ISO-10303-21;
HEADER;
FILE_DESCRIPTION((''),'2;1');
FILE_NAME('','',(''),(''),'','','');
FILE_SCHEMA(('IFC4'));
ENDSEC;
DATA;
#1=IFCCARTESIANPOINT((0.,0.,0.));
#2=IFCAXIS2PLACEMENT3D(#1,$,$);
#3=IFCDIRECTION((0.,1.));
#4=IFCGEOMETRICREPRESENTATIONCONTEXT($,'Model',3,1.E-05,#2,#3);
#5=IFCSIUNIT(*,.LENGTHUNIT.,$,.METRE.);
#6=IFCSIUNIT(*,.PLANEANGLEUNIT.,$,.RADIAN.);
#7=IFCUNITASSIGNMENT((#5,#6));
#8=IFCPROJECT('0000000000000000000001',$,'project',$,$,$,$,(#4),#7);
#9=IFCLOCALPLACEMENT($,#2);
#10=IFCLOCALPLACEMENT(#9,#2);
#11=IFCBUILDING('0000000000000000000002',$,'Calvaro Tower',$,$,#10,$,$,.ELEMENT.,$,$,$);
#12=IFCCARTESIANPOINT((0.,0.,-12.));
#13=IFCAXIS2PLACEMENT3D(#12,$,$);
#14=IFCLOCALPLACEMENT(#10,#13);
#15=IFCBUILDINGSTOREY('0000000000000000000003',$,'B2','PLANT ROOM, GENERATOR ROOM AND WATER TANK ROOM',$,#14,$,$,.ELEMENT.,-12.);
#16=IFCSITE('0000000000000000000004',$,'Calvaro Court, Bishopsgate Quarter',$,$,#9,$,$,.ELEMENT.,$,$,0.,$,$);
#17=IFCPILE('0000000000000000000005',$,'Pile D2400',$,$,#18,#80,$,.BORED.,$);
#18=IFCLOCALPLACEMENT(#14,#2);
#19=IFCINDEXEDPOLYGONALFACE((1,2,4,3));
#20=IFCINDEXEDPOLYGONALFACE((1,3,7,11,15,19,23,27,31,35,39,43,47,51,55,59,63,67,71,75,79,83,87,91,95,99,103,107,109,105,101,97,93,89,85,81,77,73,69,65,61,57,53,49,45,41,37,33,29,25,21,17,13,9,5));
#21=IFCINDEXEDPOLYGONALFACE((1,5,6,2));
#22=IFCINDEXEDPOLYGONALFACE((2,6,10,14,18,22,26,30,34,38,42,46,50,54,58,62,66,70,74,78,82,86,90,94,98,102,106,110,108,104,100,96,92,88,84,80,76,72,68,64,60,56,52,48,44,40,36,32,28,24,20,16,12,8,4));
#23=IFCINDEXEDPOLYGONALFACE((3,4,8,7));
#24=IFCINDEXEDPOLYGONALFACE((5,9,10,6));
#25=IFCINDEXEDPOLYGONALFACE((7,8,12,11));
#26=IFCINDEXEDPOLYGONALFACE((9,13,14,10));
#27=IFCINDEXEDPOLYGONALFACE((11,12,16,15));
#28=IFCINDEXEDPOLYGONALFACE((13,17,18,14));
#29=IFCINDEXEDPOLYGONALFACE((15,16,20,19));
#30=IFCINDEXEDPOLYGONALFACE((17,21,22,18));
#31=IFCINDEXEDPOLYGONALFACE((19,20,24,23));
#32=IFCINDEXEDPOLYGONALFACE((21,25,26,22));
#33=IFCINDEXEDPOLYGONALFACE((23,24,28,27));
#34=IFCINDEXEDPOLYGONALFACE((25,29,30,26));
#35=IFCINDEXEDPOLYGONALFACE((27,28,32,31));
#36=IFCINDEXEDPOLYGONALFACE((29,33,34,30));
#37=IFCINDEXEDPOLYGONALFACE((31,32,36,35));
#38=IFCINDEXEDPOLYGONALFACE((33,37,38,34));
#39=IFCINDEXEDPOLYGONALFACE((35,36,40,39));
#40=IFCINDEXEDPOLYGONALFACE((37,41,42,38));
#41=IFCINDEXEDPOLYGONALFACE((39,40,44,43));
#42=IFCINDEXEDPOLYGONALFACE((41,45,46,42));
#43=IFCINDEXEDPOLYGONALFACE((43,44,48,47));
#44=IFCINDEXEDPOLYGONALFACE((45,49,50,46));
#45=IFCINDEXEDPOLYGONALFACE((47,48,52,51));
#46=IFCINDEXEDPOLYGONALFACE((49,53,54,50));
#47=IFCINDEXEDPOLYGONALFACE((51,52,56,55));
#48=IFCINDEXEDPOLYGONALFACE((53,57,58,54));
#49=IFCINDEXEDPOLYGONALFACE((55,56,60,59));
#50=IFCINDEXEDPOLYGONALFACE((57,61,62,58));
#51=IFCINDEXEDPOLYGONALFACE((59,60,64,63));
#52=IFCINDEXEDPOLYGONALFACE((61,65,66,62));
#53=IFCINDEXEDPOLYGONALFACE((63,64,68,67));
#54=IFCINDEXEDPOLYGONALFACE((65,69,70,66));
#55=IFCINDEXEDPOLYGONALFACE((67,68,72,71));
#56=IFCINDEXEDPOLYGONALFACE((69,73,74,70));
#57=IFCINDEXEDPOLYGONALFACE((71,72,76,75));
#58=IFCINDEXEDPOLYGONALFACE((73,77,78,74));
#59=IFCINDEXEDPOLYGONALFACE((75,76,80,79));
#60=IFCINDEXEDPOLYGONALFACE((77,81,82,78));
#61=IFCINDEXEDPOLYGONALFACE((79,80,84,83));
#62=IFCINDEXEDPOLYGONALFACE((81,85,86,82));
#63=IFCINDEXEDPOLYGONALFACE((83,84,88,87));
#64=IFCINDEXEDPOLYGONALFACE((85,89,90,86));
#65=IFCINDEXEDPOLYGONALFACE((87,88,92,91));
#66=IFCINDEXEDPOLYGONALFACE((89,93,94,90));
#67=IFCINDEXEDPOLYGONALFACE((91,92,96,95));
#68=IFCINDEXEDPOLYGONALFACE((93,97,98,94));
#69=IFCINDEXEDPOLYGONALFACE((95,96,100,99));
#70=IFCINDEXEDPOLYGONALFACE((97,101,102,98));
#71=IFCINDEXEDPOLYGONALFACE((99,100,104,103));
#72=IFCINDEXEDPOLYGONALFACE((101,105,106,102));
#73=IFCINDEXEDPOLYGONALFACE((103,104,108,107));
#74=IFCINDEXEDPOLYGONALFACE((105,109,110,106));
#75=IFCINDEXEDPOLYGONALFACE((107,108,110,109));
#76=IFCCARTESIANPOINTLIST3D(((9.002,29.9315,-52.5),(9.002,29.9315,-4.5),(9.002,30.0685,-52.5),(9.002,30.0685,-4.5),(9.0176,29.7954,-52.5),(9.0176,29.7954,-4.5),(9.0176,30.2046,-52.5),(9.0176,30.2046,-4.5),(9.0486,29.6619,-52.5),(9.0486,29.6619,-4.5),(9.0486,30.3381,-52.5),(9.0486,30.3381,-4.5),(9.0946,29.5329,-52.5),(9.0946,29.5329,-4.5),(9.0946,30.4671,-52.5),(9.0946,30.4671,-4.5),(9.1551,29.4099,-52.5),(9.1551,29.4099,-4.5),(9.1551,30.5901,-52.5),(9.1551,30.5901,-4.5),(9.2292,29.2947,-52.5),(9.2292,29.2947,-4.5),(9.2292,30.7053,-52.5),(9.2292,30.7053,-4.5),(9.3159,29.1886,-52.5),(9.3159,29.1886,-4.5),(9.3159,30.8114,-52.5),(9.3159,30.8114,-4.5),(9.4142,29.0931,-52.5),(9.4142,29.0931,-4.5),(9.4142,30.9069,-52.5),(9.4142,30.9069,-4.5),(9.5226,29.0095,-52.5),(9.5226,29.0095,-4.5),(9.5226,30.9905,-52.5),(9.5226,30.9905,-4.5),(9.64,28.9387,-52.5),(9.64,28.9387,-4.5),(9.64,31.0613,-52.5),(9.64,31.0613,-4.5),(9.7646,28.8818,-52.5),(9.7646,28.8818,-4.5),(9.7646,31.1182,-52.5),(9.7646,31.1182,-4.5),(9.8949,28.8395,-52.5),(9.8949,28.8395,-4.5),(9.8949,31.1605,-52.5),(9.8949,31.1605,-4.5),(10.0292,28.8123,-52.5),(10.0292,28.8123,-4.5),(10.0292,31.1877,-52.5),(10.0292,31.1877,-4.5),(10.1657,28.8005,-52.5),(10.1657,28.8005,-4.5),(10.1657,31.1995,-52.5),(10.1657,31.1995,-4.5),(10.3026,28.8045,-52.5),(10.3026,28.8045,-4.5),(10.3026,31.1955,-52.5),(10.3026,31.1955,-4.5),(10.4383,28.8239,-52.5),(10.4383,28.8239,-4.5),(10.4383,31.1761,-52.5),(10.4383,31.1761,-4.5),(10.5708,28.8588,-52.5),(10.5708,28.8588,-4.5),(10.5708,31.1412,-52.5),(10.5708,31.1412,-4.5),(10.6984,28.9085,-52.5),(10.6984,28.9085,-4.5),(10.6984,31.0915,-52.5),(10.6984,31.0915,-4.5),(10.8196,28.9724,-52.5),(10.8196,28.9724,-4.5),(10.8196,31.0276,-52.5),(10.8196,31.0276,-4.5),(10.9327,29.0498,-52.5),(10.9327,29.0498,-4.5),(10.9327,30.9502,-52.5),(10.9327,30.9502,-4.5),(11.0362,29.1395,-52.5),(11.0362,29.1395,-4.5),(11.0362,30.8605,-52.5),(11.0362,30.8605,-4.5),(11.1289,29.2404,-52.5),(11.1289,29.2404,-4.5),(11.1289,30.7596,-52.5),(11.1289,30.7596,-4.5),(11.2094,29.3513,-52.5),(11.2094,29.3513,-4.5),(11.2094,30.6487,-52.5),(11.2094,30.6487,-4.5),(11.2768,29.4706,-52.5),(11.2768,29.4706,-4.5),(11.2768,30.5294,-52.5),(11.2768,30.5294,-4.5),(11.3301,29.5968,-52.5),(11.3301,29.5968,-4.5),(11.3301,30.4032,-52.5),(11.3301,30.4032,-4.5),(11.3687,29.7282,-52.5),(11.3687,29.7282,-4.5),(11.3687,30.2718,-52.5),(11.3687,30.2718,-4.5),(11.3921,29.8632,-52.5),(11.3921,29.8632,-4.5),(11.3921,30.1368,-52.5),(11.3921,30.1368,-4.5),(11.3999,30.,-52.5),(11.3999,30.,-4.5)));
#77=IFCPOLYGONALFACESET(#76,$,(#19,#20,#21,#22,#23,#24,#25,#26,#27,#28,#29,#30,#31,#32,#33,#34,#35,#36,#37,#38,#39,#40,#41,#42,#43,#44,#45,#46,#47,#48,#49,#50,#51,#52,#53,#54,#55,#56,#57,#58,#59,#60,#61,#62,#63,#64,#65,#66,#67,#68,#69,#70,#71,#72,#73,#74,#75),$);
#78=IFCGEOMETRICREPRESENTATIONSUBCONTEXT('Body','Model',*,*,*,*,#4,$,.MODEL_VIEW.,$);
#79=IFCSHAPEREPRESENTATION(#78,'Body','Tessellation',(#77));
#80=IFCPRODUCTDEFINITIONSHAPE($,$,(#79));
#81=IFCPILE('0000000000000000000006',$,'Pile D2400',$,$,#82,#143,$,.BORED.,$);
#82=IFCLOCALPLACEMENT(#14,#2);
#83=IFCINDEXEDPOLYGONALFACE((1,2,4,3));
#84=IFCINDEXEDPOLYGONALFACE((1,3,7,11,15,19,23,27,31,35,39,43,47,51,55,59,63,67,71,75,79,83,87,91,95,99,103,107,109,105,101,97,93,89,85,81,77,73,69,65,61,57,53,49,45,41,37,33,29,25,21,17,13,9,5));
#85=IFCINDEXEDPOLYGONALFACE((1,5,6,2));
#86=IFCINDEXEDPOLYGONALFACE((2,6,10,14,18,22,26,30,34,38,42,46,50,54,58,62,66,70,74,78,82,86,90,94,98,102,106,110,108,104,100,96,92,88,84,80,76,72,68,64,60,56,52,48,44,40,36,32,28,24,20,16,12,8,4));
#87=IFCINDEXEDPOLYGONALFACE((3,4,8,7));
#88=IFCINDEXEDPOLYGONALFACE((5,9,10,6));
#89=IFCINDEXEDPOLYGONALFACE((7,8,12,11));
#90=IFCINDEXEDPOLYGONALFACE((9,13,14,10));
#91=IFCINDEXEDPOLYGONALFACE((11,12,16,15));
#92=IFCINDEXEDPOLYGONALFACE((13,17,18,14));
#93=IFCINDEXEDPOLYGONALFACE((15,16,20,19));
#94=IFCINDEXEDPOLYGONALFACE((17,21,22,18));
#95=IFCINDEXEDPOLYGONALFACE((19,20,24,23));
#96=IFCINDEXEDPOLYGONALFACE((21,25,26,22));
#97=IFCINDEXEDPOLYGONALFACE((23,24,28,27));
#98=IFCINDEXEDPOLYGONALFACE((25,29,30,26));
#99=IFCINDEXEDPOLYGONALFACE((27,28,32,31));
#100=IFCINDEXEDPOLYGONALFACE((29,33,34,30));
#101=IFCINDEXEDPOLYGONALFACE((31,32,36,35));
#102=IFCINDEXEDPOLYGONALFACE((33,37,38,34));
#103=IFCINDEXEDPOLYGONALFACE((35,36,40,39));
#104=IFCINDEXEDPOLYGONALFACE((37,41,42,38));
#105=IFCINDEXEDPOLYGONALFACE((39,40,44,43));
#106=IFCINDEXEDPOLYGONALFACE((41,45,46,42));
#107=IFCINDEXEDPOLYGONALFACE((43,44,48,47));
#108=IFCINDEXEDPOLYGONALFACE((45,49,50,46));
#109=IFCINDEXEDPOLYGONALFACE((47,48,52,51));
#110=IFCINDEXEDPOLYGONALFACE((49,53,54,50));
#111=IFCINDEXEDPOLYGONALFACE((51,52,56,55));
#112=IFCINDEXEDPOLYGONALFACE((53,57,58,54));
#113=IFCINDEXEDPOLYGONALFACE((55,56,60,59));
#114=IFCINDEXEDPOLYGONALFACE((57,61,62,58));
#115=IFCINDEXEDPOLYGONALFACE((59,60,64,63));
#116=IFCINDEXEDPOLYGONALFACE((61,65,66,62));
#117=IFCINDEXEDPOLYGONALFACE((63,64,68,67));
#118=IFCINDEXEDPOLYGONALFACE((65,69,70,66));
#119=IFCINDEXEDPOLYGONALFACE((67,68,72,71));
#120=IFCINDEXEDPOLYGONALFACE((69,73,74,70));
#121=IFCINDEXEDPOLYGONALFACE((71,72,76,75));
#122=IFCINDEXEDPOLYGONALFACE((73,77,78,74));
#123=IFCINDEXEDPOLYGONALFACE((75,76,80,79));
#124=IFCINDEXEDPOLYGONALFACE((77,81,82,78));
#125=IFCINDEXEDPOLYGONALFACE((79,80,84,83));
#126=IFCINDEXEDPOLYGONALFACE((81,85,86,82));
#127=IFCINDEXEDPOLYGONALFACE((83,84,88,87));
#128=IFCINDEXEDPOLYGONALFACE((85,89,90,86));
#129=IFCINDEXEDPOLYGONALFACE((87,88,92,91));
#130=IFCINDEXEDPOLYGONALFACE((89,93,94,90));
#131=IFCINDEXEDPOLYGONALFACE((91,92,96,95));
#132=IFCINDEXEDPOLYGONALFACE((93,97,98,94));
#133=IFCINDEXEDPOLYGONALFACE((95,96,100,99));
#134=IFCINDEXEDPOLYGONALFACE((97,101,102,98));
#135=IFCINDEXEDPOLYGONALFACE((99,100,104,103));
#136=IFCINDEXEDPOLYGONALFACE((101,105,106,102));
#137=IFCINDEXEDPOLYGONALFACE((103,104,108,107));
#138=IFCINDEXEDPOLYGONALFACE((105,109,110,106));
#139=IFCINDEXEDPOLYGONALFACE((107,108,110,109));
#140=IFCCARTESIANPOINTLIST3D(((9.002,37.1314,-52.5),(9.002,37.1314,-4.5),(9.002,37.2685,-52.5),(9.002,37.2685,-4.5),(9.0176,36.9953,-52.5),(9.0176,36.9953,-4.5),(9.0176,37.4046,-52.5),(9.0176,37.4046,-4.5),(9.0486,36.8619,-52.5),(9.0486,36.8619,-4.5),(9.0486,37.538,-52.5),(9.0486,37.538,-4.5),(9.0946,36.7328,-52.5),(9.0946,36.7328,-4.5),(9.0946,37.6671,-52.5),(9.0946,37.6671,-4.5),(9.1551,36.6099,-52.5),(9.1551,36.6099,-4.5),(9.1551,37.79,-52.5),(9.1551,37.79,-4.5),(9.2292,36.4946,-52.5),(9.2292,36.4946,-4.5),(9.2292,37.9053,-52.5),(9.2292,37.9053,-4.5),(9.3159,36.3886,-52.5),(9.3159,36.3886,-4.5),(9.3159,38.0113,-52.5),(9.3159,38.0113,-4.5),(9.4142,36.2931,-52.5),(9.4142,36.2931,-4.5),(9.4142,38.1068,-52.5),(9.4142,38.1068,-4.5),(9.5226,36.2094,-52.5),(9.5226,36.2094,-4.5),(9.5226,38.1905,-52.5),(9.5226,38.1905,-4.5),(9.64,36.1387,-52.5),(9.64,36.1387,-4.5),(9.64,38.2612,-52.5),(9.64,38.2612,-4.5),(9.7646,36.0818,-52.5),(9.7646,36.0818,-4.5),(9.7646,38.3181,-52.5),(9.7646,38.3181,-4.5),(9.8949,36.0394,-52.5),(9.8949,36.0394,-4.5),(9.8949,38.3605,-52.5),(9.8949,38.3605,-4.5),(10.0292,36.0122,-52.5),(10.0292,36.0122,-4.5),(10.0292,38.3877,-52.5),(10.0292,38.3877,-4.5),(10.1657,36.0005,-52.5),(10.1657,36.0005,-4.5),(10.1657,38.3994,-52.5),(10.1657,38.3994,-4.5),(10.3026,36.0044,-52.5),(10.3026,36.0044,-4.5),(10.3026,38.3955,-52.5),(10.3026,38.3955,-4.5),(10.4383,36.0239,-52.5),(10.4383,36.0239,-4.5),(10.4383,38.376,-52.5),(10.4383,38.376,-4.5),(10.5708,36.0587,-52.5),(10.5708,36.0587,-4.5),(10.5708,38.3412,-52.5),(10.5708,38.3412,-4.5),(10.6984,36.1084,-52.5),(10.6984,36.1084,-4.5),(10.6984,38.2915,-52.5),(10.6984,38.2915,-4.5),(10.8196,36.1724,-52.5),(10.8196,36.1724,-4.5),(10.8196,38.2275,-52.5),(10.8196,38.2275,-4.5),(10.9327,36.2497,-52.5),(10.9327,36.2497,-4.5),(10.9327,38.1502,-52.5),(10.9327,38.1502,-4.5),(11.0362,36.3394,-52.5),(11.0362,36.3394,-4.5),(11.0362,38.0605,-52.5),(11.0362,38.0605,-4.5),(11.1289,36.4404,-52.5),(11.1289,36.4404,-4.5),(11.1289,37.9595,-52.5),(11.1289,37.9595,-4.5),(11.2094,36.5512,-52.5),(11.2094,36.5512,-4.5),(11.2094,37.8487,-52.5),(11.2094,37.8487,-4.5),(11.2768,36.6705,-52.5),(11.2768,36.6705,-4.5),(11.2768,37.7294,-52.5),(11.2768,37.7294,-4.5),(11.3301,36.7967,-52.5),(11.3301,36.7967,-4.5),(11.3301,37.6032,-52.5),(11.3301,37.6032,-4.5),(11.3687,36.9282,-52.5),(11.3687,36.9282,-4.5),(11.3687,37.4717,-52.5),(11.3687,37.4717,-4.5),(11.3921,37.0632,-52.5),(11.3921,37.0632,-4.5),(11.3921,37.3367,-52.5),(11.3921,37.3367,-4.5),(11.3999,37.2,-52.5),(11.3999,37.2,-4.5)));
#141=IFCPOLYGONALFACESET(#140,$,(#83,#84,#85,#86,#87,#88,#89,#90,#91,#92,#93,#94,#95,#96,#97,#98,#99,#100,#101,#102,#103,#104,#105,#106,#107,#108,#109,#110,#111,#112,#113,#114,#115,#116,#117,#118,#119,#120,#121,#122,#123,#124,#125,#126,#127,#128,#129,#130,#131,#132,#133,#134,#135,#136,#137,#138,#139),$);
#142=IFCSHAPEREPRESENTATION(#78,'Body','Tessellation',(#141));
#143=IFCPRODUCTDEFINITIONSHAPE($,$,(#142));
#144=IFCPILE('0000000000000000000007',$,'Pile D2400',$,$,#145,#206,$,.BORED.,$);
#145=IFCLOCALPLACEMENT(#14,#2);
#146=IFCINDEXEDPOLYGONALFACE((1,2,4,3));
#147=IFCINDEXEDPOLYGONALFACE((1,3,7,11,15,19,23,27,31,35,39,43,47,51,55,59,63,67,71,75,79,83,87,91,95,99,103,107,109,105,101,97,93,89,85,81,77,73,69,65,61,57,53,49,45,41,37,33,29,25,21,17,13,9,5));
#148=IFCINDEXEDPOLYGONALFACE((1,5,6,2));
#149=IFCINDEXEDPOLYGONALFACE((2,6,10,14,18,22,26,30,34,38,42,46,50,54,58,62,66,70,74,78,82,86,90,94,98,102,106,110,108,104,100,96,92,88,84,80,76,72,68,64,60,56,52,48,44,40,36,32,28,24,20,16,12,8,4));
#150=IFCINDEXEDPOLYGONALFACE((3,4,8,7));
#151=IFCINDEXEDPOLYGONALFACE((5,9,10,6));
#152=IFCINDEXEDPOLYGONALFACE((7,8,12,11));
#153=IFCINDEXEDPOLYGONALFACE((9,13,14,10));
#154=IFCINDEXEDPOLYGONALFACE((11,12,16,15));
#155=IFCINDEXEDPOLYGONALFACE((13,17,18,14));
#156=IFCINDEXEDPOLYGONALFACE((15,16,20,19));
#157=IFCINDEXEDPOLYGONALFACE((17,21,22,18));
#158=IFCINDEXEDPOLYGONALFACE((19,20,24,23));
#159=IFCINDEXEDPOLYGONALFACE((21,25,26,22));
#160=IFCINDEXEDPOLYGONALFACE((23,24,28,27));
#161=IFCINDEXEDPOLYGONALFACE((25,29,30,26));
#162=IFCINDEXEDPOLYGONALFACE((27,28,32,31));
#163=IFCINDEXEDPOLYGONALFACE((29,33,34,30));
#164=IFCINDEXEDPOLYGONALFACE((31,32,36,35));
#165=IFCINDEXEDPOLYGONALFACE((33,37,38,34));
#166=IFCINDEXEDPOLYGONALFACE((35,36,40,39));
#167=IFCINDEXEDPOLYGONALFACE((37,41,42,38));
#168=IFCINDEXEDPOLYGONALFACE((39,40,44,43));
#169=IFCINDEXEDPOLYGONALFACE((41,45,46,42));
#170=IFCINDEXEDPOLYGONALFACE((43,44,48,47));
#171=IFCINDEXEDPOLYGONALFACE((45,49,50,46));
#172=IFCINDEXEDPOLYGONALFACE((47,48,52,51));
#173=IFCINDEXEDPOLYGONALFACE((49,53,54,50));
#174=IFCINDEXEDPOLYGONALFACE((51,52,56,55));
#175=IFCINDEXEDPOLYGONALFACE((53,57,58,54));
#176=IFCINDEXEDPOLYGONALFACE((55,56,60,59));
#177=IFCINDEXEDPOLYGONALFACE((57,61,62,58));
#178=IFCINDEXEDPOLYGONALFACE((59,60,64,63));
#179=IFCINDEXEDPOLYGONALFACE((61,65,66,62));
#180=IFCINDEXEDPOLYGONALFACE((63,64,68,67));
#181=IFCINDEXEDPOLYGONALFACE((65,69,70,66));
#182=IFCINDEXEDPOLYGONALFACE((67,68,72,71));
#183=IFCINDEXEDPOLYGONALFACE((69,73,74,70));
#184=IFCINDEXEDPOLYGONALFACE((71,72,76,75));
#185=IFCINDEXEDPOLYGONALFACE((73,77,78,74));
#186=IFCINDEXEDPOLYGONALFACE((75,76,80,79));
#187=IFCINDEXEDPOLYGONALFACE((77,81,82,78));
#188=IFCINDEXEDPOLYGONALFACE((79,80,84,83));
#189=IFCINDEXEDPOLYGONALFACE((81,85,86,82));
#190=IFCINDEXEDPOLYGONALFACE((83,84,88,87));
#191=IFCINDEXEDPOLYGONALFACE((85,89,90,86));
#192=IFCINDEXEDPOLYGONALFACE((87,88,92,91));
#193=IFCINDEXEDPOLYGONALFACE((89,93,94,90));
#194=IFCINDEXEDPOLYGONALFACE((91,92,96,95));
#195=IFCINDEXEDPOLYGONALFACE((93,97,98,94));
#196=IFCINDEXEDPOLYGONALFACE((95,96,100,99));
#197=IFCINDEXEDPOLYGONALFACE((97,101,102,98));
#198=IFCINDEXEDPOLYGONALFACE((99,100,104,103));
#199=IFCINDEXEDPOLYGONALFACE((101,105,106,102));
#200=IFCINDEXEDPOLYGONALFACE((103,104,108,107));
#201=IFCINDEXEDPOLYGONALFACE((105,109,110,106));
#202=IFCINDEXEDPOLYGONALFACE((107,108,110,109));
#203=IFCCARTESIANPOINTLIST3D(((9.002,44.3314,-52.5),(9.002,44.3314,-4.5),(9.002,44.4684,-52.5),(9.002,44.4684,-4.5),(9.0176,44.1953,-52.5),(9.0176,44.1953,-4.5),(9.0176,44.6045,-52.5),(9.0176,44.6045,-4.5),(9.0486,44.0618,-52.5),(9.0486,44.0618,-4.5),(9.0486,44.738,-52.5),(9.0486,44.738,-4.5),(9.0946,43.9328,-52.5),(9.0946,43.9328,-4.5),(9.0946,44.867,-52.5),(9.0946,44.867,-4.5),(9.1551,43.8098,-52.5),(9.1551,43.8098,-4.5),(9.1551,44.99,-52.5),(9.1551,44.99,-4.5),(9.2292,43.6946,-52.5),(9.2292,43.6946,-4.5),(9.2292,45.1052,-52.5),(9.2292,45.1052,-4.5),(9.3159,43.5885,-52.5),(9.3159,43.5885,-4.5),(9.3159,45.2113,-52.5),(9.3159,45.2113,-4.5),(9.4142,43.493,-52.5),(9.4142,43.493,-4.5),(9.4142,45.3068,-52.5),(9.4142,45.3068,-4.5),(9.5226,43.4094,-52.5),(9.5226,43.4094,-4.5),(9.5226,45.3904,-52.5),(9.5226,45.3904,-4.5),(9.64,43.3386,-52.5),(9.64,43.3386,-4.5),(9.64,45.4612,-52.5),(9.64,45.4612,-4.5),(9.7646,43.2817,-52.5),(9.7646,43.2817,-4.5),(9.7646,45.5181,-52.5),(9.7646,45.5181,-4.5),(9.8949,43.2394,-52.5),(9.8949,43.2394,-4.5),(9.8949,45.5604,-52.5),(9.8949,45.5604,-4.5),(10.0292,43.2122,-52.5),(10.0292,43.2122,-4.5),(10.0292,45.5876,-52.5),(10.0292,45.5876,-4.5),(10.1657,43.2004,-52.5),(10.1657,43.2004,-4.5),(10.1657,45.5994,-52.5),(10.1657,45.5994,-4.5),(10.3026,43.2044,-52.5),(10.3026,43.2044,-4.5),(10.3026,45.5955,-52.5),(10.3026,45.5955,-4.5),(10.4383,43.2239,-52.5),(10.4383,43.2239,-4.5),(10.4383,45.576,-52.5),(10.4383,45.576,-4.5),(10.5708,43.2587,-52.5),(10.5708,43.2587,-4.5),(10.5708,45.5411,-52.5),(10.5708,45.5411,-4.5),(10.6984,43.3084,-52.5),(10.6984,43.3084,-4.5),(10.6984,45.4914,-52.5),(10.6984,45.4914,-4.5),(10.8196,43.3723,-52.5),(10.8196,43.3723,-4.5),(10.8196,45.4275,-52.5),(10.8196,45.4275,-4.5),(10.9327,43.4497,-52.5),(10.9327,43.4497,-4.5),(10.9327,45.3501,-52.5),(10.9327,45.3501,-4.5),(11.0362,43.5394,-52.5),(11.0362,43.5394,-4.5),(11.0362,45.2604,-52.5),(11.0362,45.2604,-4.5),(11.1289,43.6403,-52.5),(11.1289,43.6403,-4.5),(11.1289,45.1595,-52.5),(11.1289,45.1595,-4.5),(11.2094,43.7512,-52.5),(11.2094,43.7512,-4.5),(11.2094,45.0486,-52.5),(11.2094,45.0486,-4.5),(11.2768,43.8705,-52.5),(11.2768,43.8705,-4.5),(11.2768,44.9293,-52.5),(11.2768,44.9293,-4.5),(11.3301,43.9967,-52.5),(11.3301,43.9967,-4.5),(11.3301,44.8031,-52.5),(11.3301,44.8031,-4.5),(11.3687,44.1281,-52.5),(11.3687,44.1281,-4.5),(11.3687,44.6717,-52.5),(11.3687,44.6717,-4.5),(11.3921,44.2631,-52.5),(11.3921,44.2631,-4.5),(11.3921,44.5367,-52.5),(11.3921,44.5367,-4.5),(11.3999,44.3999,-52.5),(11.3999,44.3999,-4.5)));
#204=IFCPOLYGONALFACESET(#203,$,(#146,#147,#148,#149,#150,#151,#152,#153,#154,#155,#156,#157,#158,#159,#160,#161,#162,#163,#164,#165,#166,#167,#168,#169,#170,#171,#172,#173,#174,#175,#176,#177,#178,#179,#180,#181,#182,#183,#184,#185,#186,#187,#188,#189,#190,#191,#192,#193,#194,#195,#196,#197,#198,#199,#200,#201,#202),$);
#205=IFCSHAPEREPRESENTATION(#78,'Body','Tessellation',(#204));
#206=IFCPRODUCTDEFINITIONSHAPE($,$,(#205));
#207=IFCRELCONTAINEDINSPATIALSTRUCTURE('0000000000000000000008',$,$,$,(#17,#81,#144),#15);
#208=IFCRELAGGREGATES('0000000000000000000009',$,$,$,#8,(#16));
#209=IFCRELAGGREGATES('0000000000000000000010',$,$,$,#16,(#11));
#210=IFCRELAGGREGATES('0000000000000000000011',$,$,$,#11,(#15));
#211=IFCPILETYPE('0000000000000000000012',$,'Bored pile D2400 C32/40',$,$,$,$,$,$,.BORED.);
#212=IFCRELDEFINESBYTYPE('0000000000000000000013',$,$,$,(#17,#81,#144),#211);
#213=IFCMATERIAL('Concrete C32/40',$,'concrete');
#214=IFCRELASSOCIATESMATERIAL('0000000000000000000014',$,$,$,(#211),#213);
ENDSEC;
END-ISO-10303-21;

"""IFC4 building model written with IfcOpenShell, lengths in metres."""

from ifc_helpers import new_model, si_unit, direction, frame, origin, origin_2d, place, context, subcontext, project, spatial, circle, extrude, material, material_profile, profile_set, type_object, element, save


model = new_model("IFC4")

# Units and contexts
model_context = context("Model", 3, precision=1e-05, world=origin(), true_north=direction((0.0, 1.0)))
body_context = subcontext(model_context, "Body", "Model", "MODEL_VIEW")
ifc_project = project(units=[si_unit("LENGTHUNIT", "METRE"), si_unit("PLANEANGLEUNIT", "RADIAN")], contexts=[model_context])

# Site, building, storey
site_placement = place(None, origin())
site = spatial("IfcSite", under=ifc_project, at=site_placement, Name="Calvaro Court, Bishopsgate Quarter", CompositionType="ELEMENT", RefElevation=0.0)
building_placement = place(site_placement, origin())
building = spatial("IfcBuilding", under=site, at=building_placement, Name="Calvaro Tower", CompositionType="ELEMENT")
storey_placement = place(building_placement, frame((0.0, 0.0, -12.0)))
storey = spatial("IfcBuildingStorey", under=building, at=storey_placement, Name="B2", Description="PLANT ROOM, GENERATOR ROOM AND WATER TANK ROOM", CompositionType="ELEMENT", Elevation=-12.0)

# Piles
ifc_material_1 = material(Name="Concrete C32/40", Category="concrete")
ifc_material_profile = material_profile(ifc_material_1, circle(Radius=1.2, at=origin_2d()), Name="Bored pile D2400")
ifc_profile_set = profile_set([ifc_material_profile], Name="Concrete C32/40")
pile_type = type_object("IfcPileType", Name="Bored pile D2400 C32/40", PredefinedType="BORED", material=ifc_profile_set)
for number, where, z_axis, x_axis, name in (
    (1, (10.2, 30.0, -4.5), (0.0, 0.0, -1.0), (1.0, 0.0, 0.0), "Pile D2400"),
    (2, (10.2, 37.2, -4.5), (0.0, 0.0, -1.0), (1.0, 0.0, 0.0), "Pile D2400"),
    (3, (10.2, 44.3999, -4.5), (0.0, 0.0, -1.0), (1.0, 0.0, 0.0), "Pile D2400"),
):
    element("IfcPile", number, at=place(storey_placement, frame(where, z_axis=z_axis, x_axis=x_axis)), inside=storey, type_object=pile_type, Name=name, PredefinedType="BORED", context=body_context, shape_type="SweptSolid", body=[
        extrude(circle(Radius=1.2, at=origin_2d()), origin(), (0.0, 0.0, 1.0), 48.0),
    ])

save(model, "model.ifc")
